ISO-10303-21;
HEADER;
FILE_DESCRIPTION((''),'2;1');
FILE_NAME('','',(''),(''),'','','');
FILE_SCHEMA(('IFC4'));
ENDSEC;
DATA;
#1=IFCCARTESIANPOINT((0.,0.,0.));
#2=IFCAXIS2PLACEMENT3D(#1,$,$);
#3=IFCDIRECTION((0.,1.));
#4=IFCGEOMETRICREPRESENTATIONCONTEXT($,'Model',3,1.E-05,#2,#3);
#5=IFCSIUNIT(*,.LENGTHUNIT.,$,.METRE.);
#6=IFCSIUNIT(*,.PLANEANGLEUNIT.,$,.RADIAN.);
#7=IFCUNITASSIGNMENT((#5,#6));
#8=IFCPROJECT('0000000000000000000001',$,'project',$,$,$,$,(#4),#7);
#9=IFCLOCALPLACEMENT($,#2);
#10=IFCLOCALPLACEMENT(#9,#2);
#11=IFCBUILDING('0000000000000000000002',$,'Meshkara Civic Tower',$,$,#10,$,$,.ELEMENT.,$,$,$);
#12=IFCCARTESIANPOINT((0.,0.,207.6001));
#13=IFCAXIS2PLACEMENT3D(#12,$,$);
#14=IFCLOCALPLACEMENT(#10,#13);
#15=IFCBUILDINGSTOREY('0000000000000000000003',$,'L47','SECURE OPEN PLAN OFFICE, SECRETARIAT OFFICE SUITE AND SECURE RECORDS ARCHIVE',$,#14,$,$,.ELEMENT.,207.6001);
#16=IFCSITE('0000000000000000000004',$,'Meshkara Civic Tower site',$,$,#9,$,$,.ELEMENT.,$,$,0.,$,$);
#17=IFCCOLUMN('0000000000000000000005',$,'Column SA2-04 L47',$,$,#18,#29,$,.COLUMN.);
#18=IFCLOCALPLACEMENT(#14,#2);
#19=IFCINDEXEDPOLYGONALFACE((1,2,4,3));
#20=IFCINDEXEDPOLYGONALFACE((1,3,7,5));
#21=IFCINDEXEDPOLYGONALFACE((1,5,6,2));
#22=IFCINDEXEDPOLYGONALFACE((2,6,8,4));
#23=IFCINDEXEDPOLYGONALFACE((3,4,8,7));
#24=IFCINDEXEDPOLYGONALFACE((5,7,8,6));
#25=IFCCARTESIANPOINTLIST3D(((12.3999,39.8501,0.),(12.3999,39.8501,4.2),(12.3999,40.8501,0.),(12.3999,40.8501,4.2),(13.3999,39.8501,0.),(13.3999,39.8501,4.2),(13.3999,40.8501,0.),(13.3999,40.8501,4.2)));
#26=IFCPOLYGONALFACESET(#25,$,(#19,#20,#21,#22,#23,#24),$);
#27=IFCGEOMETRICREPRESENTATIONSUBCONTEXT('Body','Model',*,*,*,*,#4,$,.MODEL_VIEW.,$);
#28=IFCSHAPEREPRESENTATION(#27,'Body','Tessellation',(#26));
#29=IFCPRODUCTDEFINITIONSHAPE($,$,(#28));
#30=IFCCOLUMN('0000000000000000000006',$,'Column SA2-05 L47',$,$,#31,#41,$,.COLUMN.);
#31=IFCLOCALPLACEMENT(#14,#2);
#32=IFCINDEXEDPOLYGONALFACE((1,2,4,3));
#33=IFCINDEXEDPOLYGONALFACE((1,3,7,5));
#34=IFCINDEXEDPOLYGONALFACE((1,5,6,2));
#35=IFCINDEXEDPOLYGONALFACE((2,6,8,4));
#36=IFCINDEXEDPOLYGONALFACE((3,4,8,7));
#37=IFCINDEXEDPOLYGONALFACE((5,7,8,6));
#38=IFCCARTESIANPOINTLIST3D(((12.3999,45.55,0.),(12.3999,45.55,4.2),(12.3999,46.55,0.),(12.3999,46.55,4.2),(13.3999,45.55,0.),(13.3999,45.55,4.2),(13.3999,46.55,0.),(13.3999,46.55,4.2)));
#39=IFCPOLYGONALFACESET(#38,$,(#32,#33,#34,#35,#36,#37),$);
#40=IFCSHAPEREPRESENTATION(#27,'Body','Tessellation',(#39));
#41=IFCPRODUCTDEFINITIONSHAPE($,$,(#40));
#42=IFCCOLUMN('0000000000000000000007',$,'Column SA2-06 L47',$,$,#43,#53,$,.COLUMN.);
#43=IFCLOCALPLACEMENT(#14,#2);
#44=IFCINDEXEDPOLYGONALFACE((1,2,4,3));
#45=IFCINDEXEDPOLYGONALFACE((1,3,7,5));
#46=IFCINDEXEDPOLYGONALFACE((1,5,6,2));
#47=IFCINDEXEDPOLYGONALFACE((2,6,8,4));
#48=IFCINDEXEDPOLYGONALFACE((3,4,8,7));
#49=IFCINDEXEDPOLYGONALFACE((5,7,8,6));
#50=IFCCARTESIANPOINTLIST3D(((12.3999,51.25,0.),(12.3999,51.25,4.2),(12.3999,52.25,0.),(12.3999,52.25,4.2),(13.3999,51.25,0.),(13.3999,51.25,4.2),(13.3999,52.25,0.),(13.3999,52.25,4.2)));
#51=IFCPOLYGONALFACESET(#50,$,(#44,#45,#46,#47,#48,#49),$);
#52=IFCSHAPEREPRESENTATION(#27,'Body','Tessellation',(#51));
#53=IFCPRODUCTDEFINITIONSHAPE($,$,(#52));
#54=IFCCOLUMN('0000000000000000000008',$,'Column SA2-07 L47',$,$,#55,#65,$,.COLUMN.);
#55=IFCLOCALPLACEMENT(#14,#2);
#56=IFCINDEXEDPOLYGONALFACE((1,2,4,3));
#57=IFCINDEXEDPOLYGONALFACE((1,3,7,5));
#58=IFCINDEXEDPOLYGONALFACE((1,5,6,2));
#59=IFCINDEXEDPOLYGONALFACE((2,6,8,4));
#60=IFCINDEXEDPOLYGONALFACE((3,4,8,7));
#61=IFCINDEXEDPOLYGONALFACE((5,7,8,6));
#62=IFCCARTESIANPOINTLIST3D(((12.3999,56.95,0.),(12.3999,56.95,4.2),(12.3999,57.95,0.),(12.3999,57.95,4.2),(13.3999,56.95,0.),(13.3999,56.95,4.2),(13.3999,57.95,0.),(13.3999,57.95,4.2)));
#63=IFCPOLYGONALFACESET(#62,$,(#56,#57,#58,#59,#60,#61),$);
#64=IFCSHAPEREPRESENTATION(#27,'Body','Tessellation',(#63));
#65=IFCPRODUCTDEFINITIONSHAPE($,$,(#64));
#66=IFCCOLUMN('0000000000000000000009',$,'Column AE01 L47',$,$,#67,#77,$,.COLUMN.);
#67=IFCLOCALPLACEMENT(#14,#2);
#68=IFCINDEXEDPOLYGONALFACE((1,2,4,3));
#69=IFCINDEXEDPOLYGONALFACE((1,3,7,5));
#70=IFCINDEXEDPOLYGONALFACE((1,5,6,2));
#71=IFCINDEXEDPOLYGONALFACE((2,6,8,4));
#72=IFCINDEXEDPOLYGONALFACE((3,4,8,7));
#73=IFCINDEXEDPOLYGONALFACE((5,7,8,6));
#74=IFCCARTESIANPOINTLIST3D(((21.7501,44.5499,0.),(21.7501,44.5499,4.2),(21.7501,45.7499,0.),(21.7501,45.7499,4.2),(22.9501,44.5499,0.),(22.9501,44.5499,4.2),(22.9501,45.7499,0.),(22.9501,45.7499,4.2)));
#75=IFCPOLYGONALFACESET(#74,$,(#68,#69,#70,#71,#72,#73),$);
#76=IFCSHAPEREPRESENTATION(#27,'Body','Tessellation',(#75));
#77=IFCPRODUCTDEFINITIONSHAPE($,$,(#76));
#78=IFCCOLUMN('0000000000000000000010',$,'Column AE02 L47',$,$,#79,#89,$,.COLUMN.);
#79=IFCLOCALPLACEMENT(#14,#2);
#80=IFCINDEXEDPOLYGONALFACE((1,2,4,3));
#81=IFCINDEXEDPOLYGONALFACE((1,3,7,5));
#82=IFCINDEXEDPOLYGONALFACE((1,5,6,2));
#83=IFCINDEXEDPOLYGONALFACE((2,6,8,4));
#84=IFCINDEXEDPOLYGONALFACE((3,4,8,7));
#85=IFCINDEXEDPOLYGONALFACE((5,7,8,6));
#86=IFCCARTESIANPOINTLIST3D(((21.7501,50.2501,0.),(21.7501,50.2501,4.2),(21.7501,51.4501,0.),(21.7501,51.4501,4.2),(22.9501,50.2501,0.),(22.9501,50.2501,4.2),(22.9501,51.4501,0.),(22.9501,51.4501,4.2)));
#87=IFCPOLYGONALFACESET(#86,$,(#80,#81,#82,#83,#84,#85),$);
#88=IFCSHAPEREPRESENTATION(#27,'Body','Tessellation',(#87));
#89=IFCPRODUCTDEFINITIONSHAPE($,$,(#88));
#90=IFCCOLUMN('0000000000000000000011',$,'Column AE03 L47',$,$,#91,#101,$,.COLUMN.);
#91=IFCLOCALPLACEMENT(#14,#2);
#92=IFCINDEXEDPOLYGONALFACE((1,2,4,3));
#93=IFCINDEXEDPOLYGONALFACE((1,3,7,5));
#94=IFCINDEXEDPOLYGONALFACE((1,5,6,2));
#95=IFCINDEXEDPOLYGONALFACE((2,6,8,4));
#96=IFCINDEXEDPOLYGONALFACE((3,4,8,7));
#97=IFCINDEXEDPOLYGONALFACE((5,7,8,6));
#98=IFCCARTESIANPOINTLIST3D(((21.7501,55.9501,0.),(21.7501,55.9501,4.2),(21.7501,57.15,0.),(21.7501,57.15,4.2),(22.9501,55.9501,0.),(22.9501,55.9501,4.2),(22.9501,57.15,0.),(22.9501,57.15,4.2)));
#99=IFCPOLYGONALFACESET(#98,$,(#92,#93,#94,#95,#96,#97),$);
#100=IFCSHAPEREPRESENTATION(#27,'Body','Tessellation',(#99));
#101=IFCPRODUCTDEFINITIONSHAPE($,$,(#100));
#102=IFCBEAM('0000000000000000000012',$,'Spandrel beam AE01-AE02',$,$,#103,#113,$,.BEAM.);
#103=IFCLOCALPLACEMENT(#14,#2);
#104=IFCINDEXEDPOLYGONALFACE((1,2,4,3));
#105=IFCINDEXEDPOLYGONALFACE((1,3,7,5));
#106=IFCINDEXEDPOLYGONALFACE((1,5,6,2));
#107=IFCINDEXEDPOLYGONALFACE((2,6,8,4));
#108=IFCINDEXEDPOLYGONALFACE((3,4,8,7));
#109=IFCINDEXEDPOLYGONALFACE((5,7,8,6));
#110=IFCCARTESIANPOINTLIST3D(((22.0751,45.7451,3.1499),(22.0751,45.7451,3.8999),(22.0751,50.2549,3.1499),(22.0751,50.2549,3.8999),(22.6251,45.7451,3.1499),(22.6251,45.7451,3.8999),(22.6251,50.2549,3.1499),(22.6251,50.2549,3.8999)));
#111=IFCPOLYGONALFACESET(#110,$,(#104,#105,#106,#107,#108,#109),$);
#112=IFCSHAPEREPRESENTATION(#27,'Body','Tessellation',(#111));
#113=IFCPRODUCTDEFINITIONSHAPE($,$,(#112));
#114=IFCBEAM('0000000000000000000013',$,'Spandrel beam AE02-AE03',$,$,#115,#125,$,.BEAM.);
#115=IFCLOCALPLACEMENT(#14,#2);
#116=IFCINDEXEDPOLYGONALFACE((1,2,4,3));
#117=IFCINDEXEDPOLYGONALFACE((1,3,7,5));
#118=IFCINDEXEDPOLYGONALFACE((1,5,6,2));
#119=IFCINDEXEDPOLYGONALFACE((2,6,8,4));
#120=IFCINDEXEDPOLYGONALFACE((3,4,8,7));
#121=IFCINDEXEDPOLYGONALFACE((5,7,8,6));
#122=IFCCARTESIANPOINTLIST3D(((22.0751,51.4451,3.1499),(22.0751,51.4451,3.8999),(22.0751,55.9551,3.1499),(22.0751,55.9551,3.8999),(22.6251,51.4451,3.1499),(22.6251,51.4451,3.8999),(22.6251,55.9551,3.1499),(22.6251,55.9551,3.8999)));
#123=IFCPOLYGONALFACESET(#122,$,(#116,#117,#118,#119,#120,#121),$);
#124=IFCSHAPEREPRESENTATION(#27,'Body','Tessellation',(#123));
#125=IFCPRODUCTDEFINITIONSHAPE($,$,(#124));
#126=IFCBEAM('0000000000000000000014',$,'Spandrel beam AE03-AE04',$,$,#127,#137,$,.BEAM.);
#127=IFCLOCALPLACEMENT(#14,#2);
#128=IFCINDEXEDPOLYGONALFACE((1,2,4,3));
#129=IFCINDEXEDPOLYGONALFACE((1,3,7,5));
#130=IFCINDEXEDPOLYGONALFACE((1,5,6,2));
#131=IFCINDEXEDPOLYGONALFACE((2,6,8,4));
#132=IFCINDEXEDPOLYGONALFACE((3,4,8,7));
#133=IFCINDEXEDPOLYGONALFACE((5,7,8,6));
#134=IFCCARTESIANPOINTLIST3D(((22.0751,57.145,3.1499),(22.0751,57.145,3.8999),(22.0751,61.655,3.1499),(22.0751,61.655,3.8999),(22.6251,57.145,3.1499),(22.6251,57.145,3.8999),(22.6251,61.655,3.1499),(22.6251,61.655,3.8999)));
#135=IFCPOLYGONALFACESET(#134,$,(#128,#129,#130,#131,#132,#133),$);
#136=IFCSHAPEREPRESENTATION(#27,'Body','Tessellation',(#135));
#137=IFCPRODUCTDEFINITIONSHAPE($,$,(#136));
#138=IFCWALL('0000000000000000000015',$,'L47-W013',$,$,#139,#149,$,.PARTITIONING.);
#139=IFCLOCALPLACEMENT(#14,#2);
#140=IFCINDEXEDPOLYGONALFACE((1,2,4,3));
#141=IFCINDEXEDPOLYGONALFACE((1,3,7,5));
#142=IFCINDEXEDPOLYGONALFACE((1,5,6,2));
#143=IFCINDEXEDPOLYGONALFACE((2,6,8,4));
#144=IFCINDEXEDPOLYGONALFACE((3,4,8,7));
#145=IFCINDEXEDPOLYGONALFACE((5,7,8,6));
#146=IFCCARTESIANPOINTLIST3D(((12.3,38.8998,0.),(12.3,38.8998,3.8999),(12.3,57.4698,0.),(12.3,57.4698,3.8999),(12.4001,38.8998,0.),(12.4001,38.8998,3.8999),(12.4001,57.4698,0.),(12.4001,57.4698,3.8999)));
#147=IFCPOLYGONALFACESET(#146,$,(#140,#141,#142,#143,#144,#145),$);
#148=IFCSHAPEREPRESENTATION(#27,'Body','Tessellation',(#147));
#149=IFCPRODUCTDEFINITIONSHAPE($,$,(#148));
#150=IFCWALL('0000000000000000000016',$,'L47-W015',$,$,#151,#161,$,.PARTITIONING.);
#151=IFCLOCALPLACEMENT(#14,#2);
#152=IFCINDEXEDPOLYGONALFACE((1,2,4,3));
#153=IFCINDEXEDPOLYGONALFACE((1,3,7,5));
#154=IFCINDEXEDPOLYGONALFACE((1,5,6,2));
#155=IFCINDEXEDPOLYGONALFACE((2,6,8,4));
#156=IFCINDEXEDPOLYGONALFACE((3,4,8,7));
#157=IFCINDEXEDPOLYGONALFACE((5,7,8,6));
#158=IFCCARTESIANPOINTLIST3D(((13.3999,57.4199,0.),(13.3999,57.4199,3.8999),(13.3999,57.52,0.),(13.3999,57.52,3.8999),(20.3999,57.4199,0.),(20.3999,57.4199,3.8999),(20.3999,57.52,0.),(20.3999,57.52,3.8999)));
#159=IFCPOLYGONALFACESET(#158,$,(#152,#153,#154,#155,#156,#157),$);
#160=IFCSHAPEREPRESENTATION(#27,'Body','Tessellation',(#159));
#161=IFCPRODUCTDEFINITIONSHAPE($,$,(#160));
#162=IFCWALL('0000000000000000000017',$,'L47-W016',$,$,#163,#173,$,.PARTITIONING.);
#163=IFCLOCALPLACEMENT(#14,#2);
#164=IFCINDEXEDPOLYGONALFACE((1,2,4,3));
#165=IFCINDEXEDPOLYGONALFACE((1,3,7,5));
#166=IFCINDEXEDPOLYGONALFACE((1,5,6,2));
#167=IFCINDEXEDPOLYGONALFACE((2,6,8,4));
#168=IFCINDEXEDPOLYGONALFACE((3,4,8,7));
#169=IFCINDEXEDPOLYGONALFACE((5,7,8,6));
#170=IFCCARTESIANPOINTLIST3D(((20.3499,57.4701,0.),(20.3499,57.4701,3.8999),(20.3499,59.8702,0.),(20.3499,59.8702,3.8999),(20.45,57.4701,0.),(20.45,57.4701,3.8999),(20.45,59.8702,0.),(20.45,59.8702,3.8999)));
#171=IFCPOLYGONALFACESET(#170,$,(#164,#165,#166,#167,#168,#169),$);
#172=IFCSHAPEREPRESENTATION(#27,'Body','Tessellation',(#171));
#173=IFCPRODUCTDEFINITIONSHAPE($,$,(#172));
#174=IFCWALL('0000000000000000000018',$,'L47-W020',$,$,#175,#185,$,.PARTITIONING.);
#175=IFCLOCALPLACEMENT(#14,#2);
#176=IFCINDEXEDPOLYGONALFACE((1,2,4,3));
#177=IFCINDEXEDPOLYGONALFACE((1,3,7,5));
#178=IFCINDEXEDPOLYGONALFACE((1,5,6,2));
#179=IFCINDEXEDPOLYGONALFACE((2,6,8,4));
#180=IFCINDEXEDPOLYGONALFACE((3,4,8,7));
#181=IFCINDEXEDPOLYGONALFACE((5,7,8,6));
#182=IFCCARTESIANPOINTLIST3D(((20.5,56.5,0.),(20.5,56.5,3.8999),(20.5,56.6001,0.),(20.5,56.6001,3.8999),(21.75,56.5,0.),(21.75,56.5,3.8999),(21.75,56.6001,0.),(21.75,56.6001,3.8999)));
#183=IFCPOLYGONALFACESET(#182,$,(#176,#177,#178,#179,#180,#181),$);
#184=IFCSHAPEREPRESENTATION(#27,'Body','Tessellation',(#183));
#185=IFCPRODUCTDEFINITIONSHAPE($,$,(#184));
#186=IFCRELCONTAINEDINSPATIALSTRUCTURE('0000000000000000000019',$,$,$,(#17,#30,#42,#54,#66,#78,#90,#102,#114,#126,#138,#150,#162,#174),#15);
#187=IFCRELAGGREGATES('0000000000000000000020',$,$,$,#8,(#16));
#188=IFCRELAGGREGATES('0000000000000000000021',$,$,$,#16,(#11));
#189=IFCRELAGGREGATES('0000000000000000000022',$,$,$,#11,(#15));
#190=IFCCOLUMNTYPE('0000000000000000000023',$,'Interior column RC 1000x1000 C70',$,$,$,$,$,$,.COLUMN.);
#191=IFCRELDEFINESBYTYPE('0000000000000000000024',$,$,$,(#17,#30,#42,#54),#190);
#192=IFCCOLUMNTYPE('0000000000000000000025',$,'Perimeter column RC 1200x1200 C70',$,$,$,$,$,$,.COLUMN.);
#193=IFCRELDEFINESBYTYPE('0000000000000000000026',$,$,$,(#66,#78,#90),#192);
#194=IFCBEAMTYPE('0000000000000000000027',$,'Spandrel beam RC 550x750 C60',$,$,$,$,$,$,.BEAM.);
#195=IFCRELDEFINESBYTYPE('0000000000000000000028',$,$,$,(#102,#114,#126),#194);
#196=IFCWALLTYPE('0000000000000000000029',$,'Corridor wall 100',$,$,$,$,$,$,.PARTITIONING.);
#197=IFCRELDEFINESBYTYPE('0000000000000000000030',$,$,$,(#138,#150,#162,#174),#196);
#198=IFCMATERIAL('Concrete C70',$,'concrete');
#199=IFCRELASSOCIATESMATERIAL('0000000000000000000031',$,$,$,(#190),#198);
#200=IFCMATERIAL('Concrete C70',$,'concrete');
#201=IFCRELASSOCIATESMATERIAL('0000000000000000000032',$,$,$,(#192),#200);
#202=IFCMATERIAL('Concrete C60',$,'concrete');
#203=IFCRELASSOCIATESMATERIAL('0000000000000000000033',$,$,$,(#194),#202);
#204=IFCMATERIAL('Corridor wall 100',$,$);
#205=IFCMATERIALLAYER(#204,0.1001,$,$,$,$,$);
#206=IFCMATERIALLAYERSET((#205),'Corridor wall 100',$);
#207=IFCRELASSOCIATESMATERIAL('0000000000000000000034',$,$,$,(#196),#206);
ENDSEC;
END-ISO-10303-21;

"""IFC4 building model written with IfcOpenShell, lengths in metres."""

from ifc_helpers import new_model, si_unit, direction, frame, frame_2d, origin, origin_2d, place, context, subcontext, project, spatial, rectangle, extrude, material, layer, layer_set, material_profile, profile_set, type_object, element, save


model = new_model("IFC4")

# Units and contexts
model_context = context("Model", 3, precision=1e-05, world=origin(), true_north=direction((0.0, 1.0)))
body_context = subcontext(model_context, "Body", "Model", "MODEL_VIEW")
ifc_project = project(units=[si_unit("LENGTHUNIT", "METRE"), si_unit("PLANEANGLEUNIT", "RADIAN")], contexts=[model_context])

# Site, building, storey
site_placement = place(None, origin())
site = spatial("IfcSite", under=ifc_project, at=site_placement, Name="Meshkara Civic Tower site", CompositionType="ELEMENT", RefElevation=0.0)
building_placement = place(site_placement, origin())
building = spatial("IfcBuilding", under=site, at=building_placement, Name="Meshkara Civic Tower", CompositionType="ELEMENT")
storey_placement = place(building_placement, frame((0.0, 0.0, 207.6001)))
storey = spatial("IfcBuildingStorey", under=building, at=storey_placement, Name="L47", Description="SECURE OPEN PLAN OFFICE, SECRETARIAT OFFICE SUITE AND SECURE RECORDS ARCHIVE", CompositionType="ELEMENT", Elevation=207.6001)

# Columns
ifc_material_1 = material(Name="Concrete C70", Category="concrete")
ifc_material_profile_1 = material_profile(ifc_material_1, rectangle(XDim=1.0, YDim=1.0, at=origin_2d()))
ifc_profile_set_1 = profile_set([ifc_material_profile_1], Name="Concrete C70")
column_type_1 = type_object("IfcColumnType", Name="Interior column RC 1000x1000 C70", PredefinedType="COLUMN", material=ifc_profile_set_1)
for number, where, z_axis, x_axis, name in (
    (1, (12.8999, 40.3501, 0.0), (0.0, 0.0, 1.0), (1.0, 0.0, 0.0), "Column SA2-04 L47"),
    (2, (12.8999, 46.05, 0.0), (0.0, 0.0, 1.0), (1.0, 0.0, 0.0), "Column SA2-05 L47"),
    (3, (12.8999, 51.75, 0.0), (0.0, 0.0, 1.0), (1.0, 0.0, 0.0), "Column SA2-06 L47"),
    (4, (12.8999, 57.45, 0.0), (0.0, 0.0, 1.0), (1.0, 0.0, 0.0), "Column SA2-07 L47"),
):
    element("IfcColumn", number, at=place(storey_placement, frame(where, z_axis=z_axis, x_axis=x_axis)), inside=storey, type_object=column_type_1, Name=name, PredefinedType="COLUMN", context=body_context, shape_type="SweptSolid", body=[
        extrude(rectangle(XDim=1.0, YDim=1.0, at=origin_2d()), origin(), (0.0, 0.0, 1.0), 4.2),
    ])
ifc_material_2 = material(Name="Concrete C70", Category="concrete")
ifc_material_profile_2 = material_profile(ifc_material_2, rectangle(XDim=1.2, YDim=1.2, at=origin_2d()))
ifc_profile_set_2 = profile_set([ifc_material_profile_2], Name="Concrete C70")
column_type_2 = type_object("IfcColumnType", Name="Perimeter column RC 1200x1200 C70", PredefinedType="COLUMN", material=ifc_profile_set_2)
for number, where, z_axis, x_axis, name in (
    (5, (22.3501, 45.1499, 0.0), (0.0, 0.0, 1.0), (1.0, 0.0, 0.0), "Column AE01 L47"),
    (6, (22.3501, 50.8501, 0.0), (0.0, 0.0, 1.0), (1.0, 0.0, 0.0), "Column AE02 L47"),
    (7, (22.3501, 56.55, 0.0), (0.0, 0.0, 1.0), (1.0, 0.0, 0.0), "Column AE03 L47"),
):
    element("IfcColumn", number, at=place(storey_placement, frame(where, z_axis=z_axis, x_axis=x_axis)), inside=storey, type_object=column_type_2, Name=name, PredefinedType="COLUMN", context=body_context, shape_type="SweptSolid", body=[
        extrude(rectangle(XDim=1.2, YDim=1.2, at=origin_2d()), origin(), (0.0, 0.0, 1.0), 4.2),
    ])

# Beams
ifc_material_3 = material(Name="Concrete C60", Category="concrete")
ifc_material_profile_3 = material_profile(ifc_material_3, rectangle(XDim=0.55, YDim=0.75, at=origin_2d()))
ifc_profile_set_3 = profile_set([ifc_material_profile_3], Name="Concrete C60")
beam_type = type_object("IfcBeamType", Name="Spandrel beam RC 550x750 C60", PredefinedType="BEAM", material=ifc_profile_set_3)
beam_placement = place(storey_placement, frame((22.3501, 45.7451, 3.5249), z_axis=(0.0, 1.0, 0.0), x_axis=(-1.0, 0.0, 0.0)))
element("IfcBeam", 8, at=beam_placement, inside=storey, type_object=beam_type, Name="Spandrel beam AE01-AE02", PredefinedType="BEAM", context=body_context, shape_type="SweptSolid", body=[
    extrude(rectangle(XDim=0.55, YDim=0.75, at=origin_2d()), origin(), (0.0, 0.0, 1.0), 4.5098),
])
for number, where, z_axis, x_axis, name in (
    (9, (22.3501, 51.4451, 3.5249), (0.0, 1.0, 0.0), (-1.0, 0.0, 0.0), "Spandrel beam AE02-AE03"),
    (10, (22.3501, 57.145, 3.5249), (0.0, 1.0, 0.0), (-1.0, 0.0, 0.0), "Spandrel beam AE03-AE04"),
):
    element("IfcBeam", number, at=place(storey_placement, frame(where, z_axis=z_axis, x_axis=x_axis)), inside=storey, type_object=beam_type, Name=name, PredefinedType="BEAM", context=body_context, shape_type="SweptSolid", body=[
        extrude(rectangle(XDim=0.55, YDim=0.75, at=origin_2d()), origin(), (0.0, 0.0, 1.0), 4.51),
    ])

# Walls
ifc_material_4 = material(Name="Corridor wall 100")
ifc_layer_1 = layer(ifc_material_4, 0.1001)
ifc_layer_set_1 = layer_set([ifc_layer_1], Name="Corridor wall 100")
wall_type_1 = type_object("IfcWallType", Name="Corridor wall 100", PredefinedType="PARTITIONING", material=ifc_layer_set_1)
wall_1_placement = place(storey_placement, frame((12.3501, 57.47, 0.0), z_axis=(0.0, 0.0, 1.0), x_axis=(0.0, -1.0, 0.0)))
element("IfcWall", 11, at=wall_1_placement, inside=storey, type_object=wall_type_1, Name="L47-W013", PredefinedType="PARTITIONING", context=body_context, shape_type="SweptSolid", body=[
    extrude(rectangle(XDim=18.5701, YDim=0.1001, at=frame_2d((9.2852, 0.0))), origin(), (0.0, 0.0, 1.0), 3.8999),
])
wall_2_placement = place(storey_placement, frame((13.3999, 57.47, 0.0), z_axis=(0.0, 0.0, 1.0), x_axis=(1.0, 0.0, 0.0)))
element("IfcWall", 12, at=wall_2_placement, inside=storey, type_object=wall_type_1, Name="L47-W015", PredefinedType="PARTITIONING", context=body_context, shape_type="SweptSolid", body=[
    extrude(rectangle(XDim=7.0, YDim=0.1001, at=frame_2d((3.5, 0.0))), origin(), (0.0, 0.0, 1.0), 3.8999),
])
wall_3_placement = place(storey_placement, frame((20.3999, 57.47, 0.0), z_axis=(0.0, 0.0, 1.0), x_axis=(0.0, 1.0, 0.0)))
element("IfcWall", 13, at=wall_3_placement, inside=storey, type_object=wall_type_1, Name="L47-W016", PredefinedType="PARTITIONING", context=body_context, shape_type="SweptSolid", body=[
    extrude(rectangle(XDim=2.4001, YDim=0.1001, at=frame_2d((1.2002, 0.0))), origin(), (0.0, 0.0, 1.0), 3.8999),
])
wall_4_placement = place(storey_placement, frame((21.75, 56.55, 0.0), z_axis=(0.0, 0.0, 1.0), x_axis=(-1.0, 0.0, 0.0)))
element("IfcWall", 14, at=wall_4_placement, inside=storey, type_object=wall_type_1, Name="L47-W020", PredefinedType="PARTITIONING", context=body_context, shape_type="SweptSolid", body=[
    extrude(rectangle(XDim=1.25, YDim=0.1001, at=frame_2d((0.625, 0.0))), origin(), (0.0, 0.0, 1.0), 3.8999),
])

save(model, "model.ifc")
